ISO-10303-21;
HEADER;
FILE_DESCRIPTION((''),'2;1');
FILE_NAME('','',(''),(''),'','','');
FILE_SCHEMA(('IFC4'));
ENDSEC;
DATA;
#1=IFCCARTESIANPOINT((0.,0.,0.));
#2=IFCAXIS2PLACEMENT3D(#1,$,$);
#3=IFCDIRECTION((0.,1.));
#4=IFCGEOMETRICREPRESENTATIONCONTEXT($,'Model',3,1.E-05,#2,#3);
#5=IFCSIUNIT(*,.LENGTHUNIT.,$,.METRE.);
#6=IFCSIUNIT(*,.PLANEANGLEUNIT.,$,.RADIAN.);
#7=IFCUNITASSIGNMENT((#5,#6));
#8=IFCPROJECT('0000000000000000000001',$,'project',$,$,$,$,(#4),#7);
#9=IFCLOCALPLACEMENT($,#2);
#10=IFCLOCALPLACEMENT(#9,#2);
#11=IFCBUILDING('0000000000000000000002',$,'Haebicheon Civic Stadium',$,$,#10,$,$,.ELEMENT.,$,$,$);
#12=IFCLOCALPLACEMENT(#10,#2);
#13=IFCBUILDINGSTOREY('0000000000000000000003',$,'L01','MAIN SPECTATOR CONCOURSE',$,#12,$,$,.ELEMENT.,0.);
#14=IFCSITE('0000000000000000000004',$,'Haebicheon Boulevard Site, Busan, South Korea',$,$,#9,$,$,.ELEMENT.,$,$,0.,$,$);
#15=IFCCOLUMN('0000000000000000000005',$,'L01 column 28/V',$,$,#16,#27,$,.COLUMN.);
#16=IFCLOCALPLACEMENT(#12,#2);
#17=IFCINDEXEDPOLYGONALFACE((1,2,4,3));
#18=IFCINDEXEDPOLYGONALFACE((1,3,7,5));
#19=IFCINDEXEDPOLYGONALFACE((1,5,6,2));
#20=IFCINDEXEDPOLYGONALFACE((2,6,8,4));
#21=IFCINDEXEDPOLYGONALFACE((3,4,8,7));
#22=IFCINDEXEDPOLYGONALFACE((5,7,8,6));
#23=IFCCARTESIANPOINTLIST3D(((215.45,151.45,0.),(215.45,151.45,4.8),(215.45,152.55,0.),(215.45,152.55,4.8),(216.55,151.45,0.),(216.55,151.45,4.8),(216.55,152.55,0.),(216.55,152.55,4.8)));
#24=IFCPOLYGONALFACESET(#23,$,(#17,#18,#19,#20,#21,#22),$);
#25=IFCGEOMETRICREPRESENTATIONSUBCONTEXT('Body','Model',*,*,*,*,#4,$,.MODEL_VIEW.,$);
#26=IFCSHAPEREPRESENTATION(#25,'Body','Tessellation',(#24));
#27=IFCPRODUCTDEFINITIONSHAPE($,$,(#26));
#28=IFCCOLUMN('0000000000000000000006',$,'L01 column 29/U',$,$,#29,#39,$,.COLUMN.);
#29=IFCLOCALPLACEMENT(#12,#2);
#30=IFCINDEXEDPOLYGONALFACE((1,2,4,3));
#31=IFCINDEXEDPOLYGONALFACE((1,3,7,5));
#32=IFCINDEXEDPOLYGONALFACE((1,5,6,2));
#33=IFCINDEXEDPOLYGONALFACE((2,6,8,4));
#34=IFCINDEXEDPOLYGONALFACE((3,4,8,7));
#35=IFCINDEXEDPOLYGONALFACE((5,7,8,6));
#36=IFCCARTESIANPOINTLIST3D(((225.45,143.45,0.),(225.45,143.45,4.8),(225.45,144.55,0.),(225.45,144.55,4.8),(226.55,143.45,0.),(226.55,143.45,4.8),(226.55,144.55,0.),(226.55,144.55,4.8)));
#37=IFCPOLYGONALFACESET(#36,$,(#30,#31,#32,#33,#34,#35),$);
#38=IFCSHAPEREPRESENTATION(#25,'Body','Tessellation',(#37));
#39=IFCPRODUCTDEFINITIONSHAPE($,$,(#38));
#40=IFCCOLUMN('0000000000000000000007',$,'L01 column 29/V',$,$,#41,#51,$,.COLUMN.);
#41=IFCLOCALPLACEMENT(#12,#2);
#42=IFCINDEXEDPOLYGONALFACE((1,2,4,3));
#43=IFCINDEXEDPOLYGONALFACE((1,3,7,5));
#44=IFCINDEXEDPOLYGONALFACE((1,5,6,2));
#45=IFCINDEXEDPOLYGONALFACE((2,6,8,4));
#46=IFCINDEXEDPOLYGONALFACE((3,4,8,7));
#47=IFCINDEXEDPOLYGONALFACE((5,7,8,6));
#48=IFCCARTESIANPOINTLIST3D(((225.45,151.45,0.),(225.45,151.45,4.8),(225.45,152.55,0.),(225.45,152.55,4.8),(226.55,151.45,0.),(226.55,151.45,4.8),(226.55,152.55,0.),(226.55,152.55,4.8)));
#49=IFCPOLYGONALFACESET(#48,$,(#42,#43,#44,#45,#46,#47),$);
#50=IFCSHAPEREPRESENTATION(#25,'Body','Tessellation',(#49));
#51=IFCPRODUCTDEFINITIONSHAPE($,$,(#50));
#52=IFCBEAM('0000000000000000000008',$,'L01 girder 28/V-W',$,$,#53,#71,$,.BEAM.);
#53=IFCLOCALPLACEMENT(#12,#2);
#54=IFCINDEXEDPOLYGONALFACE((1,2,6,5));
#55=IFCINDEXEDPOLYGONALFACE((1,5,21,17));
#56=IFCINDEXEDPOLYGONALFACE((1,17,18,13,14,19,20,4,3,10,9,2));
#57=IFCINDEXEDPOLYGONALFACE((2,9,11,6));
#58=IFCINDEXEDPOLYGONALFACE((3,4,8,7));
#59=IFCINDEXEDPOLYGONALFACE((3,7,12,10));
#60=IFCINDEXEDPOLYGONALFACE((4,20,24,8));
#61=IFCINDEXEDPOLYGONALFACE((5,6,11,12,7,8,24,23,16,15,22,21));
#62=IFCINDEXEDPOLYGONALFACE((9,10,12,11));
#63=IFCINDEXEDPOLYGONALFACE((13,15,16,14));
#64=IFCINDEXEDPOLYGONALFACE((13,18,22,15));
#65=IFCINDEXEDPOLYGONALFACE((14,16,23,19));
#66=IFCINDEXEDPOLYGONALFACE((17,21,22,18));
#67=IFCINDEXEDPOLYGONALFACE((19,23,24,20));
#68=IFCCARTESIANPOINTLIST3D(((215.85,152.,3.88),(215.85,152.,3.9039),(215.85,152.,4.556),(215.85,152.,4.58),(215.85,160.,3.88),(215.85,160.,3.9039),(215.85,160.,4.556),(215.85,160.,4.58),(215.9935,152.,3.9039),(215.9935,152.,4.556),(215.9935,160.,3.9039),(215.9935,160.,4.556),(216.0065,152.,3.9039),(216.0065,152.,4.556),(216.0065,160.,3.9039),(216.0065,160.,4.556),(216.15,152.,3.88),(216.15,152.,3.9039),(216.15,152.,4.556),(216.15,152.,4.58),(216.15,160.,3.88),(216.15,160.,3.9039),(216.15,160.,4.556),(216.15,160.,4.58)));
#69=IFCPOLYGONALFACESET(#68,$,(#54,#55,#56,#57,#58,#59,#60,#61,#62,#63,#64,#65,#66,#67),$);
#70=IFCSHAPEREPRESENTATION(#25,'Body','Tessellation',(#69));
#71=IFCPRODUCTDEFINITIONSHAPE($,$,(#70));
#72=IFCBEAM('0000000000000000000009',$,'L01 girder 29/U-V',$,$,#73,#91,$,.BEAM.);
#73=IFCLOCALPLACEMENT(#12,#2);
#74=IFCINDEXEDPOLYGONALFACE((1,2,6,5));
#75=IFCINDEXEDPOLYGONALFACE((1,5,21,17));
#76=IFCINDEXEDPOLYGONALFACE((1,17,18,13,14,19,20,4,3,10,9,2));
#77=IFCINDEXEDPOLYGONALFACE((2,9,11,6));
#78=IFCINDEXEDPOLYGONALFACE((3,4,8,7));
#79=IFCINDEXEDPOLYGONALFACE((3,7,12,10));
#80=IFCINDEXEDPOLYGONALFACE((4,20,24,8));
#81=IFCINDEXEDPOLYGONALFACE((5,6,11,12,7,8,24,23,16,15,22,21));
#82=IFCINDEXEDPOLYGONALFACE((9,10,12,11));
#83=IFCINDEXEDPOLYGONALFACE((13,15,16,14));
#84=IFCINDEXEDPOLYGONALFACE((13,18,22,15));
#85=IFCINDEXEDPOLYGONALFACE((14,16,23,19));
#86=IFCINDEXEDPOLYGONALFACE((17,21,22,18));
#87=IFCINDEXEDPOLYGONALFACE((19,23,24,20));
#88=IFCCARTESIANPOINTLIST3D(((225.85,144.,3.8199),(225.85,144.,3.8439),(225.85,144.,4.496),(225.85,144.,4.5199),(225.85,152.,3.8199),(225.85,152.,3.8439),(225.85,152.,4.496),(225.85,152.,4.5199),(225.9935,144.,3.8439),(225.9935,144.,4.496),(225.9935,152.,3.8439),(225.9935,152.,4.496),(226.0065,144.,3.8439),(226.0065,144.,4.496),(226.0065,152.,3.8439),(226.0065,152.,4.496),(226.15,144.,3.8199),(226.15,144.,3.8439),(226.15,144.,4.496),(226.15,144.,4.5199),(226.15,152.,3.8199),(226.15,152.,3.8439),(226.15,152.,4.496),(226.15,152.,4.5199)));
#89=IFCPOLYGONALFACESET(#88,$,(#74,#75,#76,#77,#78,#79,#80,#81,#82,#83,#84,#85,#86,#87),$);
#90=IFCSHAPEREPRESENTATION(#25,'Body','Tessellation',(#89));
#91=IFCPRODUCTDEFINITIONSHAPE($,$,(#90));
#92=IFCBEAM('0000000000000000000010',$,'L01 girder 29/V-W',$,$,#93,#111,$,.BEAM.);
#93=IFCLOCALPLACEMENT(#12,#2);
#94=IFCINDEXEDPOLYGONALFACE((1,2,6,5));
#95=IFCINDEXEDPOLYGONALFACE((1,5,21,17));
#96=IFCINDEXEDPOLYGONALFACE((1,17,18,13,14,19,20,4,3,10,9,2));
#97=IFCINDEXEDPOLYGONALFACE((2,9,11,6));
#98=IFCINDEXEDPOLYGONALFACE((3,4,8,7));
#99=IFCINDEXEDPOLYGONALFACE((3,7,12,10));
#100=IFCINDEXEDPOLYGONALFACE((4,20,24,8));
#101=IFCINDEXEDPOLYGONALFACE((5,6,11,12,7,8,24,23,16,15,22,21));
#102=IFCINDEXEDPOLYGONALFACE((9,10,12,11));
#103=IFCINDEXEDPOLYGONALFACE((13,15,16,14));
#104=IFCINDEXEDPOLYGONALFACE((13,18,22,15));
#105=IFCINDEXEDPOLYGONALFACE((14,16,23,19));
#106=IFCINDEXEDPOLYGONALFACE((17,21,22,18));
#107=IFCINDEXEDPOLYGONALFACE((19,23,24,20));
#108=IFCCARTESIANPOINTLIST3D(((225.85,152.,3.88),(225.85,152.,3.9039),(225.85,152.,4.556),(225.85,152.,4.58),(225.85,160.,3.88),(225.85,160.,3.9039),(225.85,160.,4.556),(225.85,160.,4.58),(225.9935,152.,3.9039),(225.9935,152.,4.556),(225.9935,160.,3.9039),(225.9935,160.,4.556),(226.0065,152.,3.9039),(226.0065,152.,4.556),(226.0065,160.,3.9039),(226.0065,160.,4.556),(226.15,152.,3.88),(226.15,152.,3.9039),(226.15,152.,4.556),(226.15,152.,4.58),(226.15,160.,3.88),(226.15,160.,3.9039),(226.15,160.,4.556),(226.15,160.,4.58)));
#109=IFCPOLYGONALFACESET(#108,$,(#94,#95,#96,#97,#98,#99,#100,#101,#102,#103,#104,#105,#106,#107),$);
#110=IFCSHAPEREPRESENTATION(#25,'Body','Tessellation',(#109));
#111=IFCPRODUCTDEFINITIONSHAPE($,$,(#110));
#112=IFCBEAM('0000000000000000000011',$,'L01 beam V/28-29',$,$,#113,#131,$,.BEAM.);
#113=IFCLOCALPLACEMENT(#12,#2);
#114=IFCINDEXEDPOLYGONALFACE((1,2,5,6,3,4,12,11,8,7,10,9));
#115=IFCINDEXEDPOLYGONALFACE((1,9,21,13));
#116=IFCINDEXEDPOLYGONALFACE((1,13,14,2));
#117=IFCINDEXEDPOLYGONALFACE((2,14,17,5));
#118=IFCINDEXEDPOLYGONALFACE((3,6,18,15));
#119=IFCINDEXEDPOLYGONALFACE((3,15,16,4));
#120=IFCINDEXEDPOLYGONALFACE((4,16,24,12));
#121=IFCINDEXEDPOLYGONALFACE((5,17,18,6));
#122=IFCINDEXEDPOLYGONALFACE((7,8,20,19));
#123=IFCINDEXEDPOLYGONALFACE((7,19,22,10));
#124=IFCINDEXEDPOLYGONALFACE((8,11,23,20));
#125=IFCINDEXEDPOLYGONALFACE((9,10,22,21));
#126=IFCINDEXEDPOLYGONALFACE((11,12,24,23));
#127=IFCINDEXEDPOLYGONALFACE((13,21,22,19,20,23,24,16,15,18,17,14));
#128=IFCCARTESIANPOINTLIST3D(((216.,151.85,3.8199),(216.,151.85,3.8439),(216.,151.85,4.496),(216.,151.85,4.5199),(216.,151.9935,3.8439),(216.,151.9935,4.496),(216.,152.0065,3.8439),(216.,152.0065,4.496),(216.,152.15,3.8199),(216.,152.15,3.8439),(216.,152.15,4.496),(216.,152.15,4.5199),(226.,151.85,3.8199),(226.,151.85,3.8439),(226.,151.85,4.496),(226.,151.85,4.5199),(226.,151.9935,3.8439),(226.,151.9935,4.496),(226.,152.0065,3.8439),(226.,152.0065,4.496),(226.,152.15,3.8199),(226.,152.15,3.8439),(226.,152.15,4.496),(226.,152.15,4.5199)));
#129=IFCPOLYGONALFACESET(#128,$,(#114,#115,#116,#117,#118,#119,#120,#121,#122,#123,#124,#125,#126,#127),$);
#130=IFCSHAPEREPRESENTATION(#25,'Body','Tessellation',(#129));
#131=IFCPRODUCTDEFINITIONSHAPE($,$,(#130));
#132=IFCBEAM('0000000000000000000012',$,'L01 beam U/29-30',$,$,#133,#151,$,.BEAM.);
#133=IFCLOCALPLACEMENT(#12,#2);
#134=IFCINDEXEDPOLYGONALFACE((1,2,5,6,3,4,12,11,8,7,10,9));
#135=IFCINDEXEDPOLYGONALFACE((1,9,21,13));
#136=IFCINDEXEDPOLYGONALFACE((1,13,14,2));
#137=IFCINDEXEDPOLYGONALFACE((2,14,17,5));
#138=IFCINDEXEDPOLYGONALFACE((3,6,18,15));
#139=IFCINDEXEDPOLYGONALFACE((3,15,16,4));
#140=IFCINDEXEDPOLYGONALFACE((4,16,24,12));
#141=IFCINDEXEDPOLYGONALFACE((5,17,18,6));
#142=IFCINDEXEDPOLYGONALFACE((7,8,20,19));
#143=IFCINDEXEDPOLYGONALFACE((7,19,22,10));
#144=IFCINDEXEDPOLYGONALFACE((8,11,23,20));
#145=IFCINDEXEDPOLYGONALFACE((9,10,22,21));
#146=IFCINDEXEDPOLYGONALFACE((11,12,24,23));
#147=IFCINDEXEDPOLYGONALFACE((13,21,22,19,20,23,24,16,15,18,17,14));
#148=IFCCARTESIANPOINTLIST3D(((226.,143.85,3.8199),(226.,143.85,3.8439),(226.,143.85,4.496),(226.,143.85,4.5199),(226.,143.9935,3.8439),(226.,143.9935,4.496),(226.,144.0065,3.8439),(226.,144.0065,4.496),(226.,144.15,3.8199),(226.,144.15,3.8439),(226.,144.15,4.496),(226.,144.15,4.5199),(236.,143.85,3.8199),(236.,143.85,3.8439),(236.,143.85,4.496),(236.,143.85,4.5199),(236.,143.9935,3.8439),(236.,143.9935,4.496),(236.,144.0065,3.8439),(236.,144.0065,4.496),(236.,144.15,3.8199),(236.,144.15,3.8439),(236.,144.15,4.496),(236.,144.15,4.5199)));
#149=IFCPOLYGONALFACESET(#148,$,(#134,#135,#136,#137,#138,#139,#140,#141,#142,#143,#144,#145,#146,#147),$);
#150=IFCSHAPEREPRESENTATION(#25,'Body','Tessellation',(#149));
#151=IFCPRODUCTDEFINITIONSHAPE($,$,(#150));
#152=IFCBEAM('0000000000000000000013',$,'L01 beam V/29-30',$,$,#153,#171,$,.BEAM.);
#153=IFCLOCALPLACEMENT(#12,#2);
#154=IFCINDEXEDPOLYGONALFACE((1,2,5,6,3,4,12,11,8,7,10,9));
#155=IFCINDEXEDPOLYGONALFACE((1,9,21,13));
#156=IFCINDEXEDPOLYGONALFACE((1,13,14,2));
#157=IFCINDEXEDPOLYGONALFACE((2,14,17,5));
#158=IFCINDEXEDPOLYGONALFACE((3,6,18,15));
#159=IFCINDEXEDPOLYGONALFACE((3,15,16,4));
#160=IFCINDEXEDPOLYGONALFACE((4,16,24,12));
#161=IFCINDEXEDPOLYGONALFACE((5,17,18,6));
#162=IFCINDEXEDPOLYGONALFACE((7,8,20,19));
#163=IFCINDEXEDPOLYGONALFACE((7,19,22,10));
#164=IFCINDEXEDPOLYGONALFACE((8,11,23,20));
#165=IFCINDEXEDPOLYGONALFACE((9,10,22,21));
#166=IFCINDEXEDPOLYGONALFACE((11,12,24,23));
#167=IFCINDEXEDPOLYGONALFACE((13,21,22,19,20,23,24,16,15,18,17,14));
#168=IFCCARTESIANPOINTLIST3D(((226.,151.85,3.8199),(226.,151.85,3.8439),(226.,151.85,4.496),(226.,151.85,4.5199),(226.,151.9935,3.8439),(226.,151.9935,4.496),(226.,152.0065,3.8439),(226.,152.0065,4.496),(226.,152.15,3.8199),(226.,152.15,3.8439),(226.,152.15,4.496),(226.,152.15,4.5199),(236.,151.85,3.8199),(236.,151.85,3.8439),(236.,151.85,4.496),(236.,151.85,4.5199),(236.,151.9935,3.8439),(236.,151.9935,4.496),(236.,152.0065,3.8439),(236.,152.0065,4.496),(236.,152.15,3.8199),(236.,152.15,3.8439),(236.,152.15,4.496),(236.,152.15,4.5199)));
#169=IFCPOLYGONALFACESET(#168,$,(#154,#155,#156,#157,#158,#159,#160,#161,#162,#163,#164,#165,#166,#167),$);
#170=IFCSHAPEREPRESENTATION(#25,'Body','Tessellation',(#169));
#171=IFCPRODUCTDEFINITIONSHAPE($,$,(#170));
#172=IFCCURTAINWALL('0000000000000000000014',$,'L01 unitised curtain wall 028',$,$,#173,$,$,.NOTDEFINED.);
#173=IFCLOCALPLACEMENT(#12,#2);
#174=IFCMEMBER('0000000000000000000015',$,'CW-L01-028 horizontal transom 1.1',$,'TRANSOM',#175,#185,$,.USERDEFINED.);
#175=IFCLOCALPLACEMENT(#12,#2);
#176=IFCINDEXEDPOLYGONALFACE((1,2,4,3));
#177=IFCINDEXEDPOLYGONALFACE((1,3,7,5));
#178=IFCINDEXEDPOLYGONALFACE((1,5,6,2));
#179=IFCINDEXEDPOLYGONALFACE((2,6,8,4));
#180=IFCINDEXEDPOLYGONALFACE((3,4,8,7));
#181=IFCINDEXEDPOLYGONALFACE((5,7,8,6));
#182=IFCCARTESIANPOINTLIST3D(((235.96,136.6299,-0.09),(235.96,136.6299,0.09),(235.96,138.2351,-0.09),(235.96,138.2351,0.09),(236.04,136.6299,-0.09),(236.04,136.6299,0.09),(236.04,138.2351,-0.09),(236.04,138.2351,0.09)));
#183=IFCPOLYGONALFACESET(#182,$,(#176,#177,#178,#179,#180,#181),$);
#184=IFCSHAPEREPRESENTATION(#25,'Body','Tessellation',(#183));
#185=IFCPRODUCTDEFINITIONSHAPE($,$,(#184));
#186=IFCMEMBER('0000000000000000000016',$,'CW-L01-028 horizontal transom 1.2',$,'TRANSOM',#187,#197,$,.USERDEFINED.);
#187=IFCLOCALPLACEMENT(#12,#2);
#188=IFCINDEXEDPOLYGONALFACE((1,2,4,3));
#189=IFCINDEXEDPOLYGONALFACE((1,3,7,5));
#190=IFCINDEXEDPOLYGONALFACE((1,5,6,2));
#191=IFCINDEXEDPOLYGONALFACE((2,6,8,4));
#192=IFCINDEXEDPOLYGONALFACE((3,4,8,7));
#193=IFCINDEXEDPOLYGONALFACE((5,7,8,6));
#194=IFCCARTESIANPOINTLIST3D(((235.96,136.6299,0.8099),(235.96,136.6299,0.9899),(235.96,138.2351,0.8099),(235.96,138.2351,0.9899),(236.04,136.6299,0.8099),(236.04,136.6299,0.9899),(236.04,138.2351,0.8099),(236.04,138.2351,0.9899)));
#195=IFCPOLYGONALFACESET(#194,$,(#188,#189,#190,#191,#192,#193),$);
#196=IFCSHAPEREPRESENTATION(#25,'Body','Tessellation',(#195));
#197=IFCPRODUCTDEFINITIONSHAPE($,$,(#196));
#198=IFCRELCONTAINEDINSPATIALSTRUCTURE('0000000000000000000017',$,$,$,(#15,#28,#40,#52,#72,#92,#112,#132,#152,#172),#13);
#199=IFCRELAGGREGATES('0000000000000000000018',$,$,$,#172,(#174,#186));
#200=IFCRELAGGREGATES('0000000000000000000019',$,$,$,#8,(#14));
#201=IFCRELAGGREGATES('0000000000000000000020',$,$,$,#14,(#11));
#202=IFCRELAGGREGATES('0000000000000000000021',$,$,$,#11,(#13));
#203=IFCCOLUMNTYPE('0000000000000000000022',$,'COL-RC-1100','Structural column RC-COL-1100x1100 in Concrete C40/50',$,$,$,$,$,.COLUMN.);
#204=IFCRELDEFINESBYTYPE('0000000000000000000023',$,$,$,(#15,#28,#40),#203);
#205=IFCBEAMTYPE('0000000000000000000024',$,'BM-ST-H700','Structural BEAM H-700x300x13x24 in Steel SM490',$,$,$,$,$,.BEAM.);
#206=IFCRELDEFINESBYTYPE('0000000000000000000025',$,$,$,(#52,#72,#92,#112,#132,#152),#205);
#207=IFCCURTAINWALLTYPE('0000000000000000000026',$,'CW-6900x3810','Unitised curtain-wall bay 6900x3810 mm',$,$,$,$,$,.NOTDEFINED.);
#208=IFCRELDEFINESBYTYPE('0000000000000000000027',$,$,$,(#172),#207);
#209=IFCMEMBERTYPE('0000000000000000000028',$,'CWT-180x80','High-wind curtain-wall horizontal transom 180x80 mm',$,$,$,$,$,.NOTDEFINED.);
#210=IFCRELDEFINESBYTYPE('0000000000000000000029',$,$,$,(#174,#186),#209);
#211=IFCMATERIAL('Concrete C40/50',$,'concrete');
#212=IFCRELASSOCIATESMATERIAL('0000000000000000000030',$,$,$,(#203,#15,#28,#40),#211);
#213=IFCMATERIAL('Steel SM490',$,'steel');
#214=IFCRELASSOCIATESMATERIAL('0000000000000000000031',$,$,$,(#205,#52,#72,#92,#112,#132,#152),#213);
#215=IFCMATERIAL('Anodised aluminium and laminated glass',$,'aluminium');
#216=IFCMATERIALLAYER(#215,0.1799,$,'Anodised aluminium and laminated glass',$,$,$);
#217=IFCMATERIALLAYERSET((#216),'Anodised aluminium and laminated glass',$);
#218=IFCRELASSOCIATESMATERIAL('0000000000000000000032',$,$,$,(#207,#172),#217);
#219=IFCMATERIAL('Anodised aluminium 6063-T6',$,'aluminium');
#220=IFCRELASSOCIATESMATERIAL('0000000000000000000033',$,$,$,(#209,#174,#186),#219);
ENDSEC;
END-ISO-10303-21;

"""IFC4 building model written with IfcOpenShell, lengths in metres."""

from ifc_helpers import new_model, si_unit, direction, frame, origin, origin_2d, place, context, subcontext, project, spatial, rectangle, i_section, extrude, material, layer, layer_set, material_profile, profile_set, type_object, element, aggregate, save


model = new_model("IFC4")

# Units and contexts
model_context = context("Model", 3, precision=1e-05, world=origin(), true_north=direction((0.0, 1.0)))
body_context = subcontext(model_context, "Body", "Model", "MODEL_VIEW")
ifc_project = project(units=[si_unit("LENGTHUNIT", "METRE"), si_unit("PLANEANGLEUNIT", "RADIAN")], contexts=[model_context])

# Site, building, storey
site_placement = place(None, origin())
site = spatial("IfcSite", under=ifc_project, at=site_placement, Name="Haebicheon Boulevard Site, Busan, South Korea", CompositionType="ELEMENT", RefElevation=0.0)
building_placement = place(site_placement, origin())
building = spatial("IfcBuilding", under=site, at=building_placement, Name="Haebicheon Civic Stadium", CompositionType="ELEMENT")
storey_placement = place(building_placement, origin())
storey = spatial("IfcBuildingStorey", under=building, at=storey_placement, Name="L01", Description="MAIN SPECTATOR CONCOURSE", CompositionType="ELEMENT", Elevation=0.0)

# Columns
ifc_material_1 = material(Name="Concrete C40/50", Category="concrete")
ifc_material_profile_1 = material_profile(ifc_material_1, rectangle(XDim=1.1001, YDim=1.1001, at=origin_2d()), Name="RC-COL-1100x1100")
ifc_profile_set_1 = profile_set([ifc_material_profile_1], Name="Concrete C40/50")
column_type = type_object("IfcColumnType", Name="COL-RC-1100", Description="Structural column RC-COL-1100x1100 in Concrete C40/50", PredefinedType="COLUMN", material=ifc_profile_set_1)
for number, where, z_axis, x_axis, name in (
    (1, (216.0, 152.0, 0.0), (0.0, 0.0, 1.0), (1.0, 0.0, 0.0), "L01 column 28/V"),
    (2, (226.0, 144.0, 0.0), (0.0, 0.0, 1.0), (1.0, 0.0, 0.0), "L01 column 29/U"),
    (3, (226.0, 152.0, 0.0), (0.0, 0.0, 1.0), (1.0, 0.0, 0.0), "L01 column 29/V"),
):
    element("IfcColumn", number, at=place(storey_placement, frame(where, z_axis=z_axis, x_axis=x_axis)), inside=storey, type_object=column_type, material=ifc_profile_set_1, Name=name, PredefinedType="COLUMN", context=body_context, shape_type="SweptSolid", body=[
        extrude(rectangle(XDim=1.1001, YDim=1.1001, at=origin_2d()), origin(), (0.0, 0.0, 1.0), 4.8),
    ])

# Beams
ifc_material_2 = material(Name="Steel SM490", Category="steel")
ifc_material_profile_2 = material_profile(ifc_material_2, i_section(OverallWidth=0.3, OverallDepth=0.7, WebThickness=0.0129, FlangeThickness=0.0239, at=origin_2d()), Name="H-700x300x13x24")
ifc_profile_set_2 = profile_set([ifc_material_profile_2], Name="Steel SM490")
beam_type_1 = type_object("IfcBeamType", Name="BM-ST-H700", Description="Structural BEAM H-700x300x13x24 in Steel SM490", PredefinedType="BEAM", material=ifc_profile_set_2)
for number, where, z_axis, x_axis, name in (
    (4, (216.0, 152.0, 4.23), (0.0, 1.0, 0.0), (-1.0, 0.0, 0.0), "L01 girder 28/V-W"),
    (5, (226.0, 144.0, 4.1699), (0.0, 1.0, 0.0), (-1.0, 0.0, 0.0), "L01 girder 29/U-V"),
    (6, (226.0, 152.0, 4.23), (0.0, 1.0, 0.0), (-1.0, 0.0, 0.0), "L01 girder 29/V-W"),
):
    element("IfcBeam", number, at=place(storey_placement, frame(where, z_axis=z_axis, x_axis=x_axis)), inside=storey, type_object=beam_type_1, material=ifc_profile_set_2, Name=name, PredefinedType="BEAM", context=body_context, shape_type="SweptSolid", body=[
        extrude(i_section(OverallWidth=0.3, OverallDepth=0.7, WebThickness=0.0129, FlangeThickness=0.0239, at=origin_2d()), origin(), (0.0, 0.0, 1.0), 8.0),
    ])
for number, where, z_axis, x_axis, name in (
    (7, (216.0, 152.0, 4.1699), (1.0, 0.0, 0.0), (0.0, 1.0, 0.0), "L01 beam V/28-29"),
    (8, (226.0, 144.0, 4.1699), (1.0, 0.0, 0.0), (0.0, 1.0, 0.0), "L01 beam U/29-30"),
    (9, (226.0, 152.0, 4.1699), (1.0, 0.0, 0.0), (0.0, 1.0, 0.0), "L01 beam V/29-30"),
):
    element("IfcBeam", number, at=place(storey_placement, frame(where, z_axis=z_axis, x_axis=x_axis)), inside=storey, type_object=beam_type_1, material=ifc_profile_set_2, Name=name, PredefinedType="BEAM", context=body_context, shape_type="SweptSolid", body=[
        extrude(i_section(OverallWidth=0.3, OverallDepth=0.7, WebThickness=0.0129, FlangeThickness=0.0239, at=origin_2d()), origin(), (0.0, 0.0, 1.0), 10.0),
    ])

# Curtain wall, members
ifc_material_3 = material(Name="Anodised aluminium and laminated glass", Category="aluminium")
ifc_layer_1 = layer(ifc_material_3, 0.1799, Name="Anodised aluminium and laminated glass")
ifc_layer_set_1 = layer_set([ifc_layer_1], Name="Anodised aluminium and laminated glass")
curtain_wall_type = type_object("IfcCurtainWallType", Name="CW-6900x3810", Description="Unitised curtain-wall bay 6900x3810 mm", PredefinedType="NOTDEFINED", material=ifc_layer_set_1)
curtain_wall_placement = place(storey_placement, origin())
curtain_wall = element("IfcCurtainWall", 10, at=curtain_wall_placement, inside=storey, type_object=curtain_wall_type, material=ifc_layer_set_1, Name="L01 unitised curtain wall 028", PredefinedType="NOTDEFINED")
ifc_material_4 = material(Name="Anodised aluminium 6063-T6", Category="aluminium")
ifc_material_profile_3 = material_profile(ifc_material_4, rectangle(XDim=0.0801, YDim=0.1799, at=origin_2d()), Name="ALU-TRAN-80x180")
ifc_profile_set_3 = profile_set([ifc_material_profile_3], Name="Anodised aluminium 6063-T6")
member_type = type_object("IfcMemberType", Name="CWT-180x80", Description="High-wind curtain-wall horizontal transom 180x80 mm", PredefinedType="NOTDEFINED", material=ifc_profile_set_3)
member_1_placement = place(storey_placement, frame((236.0, 136.6299, 0.0), z_axis=(0.0, 1.0, 0.0), x_axis=(-1.0, 0.0, 0.0)))
member_1 = element("IfcMember", 11, at=member_1_placement, type_object=member_type, material=ifc_profile_set_3, Name="CW-L01-028 horizontal transom 1.1", ObjectType="TRANSOM", PredefinedType="USERDEFINED", context=body_context, shape_type="SweptSolid", body=[
    extrude(rectangle(XDim=0.0801, YDim=0.1799, at=origin_2d()), origin(), (0.0, 0.0, 1.0), 1.6052),
])
member_2_placement = place(storey_placement, frame((236.0, 136.6299, 0.8999), z_axis=(0.0, 1.0, 0.0), x_axis=(-1.0, 0.0, 0.0)))
member_2 = element("IfcMember", 12, at=member_2_placement, type_object=member_type, material=ifc_profile_set_3, Name="CW-L01-028 horizontal transom 1.2", ObjectType="TRANSOM", PredefinedType="USERDEFINED", context=body_context, shape_type="SweptSolid", body=[
    extrude(rectangle(XDim=0.0801, YDim=0.1799, at=origin_2d()), origin(), (0.0, 0.0, 1.0), 1.6052),
])
aggregate(curtain_wall, [member_1, member_2])

save(model, "model.ifc")
